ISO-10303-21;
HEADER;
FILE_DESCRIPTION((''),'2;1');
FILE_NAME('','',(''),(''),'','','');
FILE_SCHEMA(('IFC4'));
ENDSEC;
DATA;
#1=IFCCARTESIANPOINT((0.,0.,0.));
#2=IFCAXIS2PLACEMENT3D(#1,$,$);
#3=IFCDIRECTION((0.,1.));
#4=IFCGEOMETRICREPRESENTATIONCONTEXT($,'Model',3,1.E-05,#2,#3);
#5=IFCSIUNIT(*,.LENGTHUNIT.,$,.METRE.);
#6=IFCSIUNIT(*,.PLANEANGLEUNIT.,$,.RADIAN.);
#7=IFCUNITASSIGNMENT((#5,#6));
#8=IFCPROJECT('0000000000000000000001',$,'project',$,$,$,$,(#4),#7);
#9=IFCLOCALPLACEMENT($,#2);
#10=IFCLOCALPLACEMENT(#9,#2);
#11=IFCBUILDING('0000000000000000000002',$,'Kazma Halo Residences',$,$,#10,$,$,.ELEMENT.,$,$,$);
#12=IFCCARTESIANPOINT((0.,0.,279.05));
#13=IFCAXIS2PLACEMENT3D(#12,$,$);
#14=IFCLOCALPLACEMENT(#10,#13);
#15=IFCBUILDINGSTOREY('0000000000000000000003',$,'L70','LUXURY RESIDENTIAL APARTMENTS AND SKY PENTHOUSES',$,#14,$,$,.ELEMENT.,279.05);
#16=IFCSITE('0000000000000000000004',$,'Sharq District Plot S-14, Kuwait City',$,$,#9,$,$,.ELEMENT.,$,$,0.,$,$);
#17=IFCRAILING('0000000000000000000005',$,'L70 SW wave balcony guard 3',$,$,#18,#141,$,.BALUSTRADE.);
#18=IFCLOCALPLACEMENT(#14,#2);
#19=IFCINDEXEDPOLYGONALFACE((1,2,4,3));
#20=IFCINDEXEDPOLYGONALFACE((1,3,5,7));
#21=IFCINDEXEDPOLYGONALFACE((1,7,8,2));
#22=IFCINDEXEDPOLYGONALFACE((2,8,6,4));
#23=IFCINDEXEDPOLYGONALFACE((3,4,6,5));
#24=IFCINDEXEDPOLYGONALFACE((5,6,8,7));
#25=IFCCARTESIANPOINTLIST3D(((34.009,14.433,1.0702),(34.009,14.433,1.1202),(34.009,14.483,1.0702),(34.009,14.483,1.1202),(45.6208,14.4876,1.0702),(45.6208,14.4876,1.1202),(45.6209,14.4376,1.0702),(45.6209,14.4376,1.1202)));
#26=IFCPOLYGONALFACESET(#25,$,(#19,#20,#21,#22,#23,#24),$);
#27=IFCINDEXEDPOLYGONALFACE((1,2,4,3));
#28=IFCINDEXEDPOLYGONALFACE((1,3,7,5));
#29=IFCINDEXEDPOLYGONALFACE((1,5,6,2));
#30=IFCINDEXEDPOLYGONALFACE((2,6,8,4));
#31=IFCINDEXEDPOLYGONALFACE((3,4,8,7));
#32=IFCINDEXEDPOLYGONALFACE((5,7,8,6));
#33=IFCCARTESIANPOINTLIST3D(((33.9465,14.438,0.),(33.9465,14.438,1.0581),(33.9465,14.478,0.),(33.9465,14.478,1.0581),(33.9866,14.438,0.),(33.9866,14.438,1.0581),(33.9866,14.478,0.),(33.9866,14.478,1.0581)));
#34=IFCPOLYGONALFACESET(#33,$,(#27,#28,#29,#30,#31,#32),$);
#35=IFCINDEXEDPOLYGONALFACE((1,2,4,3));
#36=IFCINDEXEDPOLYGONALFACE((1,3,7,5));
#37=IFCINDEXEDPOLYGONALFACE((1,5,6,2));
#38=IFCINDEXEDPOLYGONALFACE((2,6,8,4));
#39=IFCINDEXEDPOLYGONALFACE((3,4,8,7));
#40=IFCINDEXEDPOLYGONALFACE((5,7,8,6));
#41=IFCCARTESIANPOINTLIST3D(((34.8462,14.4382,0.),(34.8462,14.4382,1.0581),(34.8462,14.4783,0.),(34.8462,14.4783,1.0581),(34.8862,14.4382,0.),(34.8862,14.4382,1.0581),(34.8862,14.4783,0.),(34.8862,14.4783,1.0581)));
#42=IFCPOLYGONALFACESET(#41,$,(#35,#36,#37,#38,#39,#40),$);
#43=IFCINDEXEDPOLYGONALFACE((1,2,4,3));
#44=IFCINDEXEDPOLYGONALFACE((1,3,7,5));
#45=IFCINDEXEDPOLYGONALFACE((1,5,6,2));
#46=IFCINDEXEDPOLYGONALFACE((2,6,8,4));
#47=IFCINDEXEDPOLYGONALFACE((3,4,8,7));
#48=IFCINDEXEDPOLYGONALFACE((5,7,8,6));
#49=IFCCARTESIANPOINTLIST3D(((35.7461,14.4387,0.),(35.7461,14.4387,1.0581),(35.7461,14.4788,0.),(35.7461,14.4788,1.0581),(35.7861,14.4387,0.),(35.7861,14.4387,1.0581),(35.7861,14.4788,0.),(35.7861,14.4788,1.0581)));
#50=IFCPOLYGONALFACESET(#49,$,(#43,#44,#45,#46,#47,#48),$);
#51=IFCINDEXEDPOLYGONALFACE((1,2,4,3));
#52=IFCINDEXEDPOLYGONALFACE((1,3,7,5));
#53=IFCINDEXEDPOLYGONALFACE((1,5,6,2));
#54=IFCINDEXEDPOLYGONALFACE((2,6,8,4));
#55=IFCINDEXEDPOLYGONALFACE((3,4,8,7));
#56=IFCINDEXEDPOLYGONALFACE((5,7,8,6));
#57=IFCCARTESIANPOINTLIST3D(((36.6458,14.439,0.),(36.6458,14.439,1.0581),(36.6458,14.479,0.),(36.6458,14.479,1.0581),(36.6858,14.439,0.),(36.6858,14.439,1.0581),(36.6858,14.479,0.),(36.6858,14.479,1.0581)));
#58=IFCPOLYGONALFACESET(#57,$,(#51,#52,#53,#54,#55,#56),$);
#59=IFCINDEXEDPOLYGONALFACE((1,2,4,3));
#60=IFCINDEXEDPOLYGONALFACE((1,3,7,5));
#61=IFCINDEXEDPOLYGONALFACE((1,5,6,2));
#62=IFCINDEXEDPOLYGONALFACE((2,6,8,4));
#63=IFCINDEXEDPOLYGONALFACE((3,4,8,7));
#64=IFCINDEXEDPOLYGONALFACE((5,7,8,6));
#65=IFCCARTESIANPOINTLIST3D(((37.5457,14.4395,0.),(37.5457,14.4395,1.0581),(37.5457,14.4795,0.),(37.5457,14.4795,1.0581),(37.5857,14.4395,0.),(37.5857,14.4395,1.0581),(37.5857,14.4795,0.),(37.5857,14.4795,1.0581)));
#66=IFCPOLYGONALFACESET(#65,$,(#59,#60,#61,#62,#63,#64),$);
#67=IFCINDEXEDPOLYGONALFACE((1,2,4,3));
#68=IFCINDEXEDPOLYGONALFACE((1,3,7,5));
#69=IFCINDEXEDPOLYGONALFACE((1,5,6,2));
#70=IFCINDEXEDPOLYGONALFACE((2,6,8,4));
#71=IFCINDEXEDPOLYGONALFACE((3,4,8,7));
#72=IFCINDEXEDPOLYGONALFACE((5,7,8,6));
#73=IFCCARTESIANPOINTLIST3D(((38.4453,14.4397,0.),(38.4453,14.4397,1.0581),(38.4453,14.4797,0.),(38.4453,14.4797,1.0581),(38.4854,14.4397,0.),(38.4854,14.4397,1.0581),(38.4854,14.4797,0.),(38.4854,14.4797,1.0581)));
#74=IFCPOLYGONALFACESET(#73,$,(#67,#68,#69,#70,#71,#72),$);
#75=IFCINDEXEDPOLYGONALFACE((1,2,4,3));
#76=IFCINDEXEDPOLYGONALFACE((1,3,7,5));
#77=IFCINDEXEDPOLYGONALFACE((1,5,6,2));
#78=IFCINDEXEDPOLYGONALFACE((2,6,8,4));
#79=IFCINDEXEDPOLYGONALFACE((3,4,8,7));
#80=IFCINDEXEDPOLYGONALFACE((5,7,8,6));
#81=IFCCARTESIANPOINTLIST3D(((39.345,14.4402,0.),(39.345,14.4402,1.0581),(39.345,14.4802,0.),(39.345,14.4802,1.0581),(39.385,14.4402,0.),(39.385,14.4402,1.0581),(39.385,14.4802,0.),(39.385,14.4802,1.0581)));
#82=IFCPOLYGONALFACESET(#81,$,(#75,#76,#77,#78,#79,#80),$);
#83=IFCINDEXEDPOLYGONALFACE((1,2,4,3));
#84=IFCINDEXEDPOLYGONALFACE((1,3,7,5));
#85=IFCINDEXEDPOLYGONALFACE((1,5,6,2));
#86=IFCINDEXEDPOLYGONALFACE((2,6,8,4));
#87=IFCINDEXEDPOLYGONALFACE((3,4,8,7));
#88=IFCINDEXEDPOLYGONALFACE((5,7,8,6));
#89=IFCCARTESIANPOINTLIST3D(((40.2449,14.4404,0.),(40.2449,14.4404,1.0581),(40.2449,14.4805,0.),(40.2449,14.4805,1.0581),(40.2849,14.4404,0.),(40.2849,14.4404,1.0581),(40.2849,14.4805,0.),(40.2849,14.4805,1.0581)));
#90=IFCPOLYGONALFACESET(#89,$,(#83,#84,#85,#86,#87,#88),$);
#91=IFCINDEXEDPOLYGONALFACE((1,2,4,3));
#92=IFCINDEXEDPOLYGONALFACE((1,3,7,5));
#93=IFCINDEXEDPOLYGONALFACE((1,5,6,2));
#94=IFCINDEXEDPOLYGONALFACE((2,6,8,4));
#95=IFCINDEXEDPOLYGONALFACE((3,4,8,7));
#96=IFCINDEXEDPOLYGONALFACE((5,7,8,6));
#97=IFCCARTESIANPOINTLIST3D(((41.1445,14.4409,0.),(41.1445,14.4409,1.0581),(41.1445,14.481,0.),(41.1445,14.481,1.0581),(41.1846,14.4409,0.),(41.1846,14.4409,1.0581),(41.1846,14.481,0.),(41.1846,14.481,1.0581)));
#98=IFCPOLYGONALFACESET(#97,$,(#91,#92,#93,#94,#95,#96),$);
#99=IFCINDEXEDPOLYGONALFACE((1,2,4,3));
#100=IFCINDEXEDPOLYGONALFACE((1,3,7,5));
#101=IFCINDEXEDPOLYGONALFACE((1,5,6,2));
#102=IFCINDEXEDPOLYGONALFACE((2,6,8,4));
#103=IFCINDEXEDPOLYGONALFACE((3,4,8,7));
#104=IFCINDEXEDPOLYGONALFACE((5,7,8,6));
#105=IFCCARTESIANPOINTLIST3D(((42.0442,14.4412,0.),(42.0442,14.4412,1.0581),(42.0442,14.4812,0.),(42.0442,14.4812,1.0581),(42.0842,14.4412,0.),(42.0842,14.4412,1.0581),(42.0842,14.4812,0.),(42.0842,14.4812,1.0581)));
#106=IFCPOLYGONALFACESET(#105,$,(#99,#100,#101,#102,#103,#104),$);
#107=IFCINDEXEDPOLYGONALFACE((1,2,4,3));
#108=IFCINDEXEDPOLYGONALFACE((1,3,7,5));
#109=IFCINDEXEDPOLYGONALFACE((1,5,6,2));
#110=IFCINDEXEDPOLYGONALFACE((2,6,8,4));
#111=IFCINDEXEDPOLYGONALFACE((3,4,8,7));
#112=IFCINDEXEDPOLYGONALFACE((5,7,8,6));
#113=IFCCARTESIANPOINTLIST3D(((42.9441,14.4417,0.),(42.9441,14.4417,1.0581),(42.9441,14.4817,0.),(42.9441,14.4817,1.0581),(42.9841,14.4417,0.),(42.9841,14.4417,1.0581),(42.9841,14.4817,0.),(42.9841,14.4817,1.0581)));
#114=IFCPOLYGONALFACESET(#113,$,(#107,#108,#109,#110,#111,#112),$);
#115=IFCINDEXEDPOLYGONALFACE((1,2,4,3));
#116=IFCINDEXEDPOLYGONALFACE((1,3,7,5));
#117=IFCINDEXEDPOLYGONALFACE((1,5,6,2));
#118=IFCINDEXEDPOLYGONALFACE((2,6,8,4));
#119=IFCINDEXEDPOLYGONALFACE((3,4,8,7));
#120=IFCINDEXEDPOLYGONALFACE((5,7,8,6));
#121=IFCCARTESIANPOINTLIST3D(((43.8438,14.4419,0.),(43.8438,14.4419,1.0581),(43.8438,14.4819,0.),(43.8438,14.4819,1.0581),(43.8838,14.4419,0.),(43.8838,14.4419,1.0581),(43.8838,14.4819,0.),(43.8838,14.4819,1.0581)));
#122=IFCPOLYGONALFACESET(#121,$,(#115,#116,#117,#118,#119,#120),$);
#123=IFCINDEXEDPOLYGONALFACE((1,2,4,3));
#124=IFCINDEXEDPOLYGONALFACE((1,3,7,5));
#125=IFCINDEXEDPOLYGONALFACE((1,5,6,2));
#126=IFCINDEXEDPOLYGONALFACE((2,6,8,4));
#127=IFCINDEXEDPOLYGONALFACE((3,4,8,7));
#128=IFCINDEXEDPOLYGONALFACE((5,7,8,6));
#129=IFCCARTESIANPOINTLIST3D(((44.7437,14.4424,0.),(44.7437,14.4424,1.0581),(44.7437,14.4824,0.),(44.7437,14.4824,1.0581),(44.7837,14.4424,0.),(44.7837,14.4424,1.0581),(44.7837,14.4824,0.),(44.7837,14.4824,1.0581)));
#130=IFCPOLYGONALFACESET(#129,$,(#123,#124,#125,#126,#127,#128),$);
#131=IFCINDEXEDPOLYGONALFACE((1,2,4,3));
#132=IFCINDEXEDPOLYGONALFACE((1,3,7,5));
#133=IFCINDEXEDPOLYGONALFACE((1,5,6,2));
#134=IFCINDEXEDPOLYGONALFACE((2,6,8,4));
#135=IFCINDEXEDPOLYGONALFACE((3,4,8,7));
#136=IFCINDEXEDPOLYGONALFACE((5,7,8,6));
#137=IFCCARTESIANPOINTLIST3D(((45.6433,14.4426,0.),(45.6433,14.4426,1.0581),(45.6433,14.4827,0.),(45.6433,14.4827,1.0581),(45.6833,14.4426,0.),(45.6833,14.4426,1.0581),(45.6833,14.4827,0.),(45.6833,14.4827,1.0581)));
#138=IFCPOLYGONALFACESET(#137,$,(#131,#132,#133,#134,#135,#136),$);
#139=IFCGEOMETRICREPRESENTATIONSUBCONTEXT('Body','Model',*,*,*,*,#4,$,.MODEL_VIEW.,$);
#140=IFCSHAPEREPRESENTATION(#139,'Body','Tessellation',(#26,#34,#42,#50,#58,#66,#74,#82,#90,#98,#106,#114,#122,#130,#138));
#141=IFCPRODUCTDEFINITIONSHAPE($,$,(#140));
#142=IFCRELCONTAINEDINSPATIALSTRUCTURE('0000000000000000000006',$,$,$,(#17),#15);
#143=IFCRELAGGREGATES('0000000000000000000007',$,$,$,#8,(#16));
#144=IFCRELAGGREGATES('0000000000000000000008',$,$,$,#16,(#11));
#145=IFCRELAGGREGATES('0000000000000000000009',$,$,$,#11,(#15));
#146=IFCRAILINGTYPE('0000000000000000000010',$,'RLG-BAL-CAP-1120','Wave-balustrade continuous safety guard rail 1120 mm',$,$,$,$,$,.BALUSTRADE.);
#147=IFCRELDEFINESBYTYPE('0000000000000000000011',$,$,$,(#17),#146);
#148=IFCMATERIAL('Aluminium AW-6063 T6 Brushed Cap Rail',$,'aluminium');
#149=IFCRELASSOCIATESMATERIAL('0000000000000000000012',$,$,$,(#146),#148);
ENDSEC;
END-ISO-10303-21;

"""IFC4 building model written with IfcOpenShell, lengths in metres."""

from ifc_helpers import new_model, si_unit, direction, frame, origin, origin_2d, place, context, subcontext, project, spatial, rectangle, extrude, material, type_object, element, save


model = new_model("IFC4")

# Units and contexts
model_context = context("Model", 3, precision=1e-05, world=origin(), true_north=direction((0.0, 1.0)))
body_context = subcontext(model_context, "Body", "Model", "MODEL_VIEW")
ifc_project = project(units=[si_unit("LENGTHUNIT", "METRE"), si_unit("PLANEANGLEUNIT", "RADIAN")], contexts=[model_context])

# Site, building, storey
site_placement = place(None, origin())
site = spatial("IfcSite", under=ifc_project, at=site_placement, Name="Sharq District Plot S-14, Kuwait City", CompositionType="ELEMENT", RefElevation=0.0)
building_placement = place(site_placement, origin())
building = spatial("IfcBuilding", under=site, at=building_placement, Name="Kazma Halo Residences", CompositionType="ELEMENT")
storey_placement = place(building_placement, frame((0.0, 0.0, 279.05)))
storey = spatial("IfcBuildingStorey", under=building, at=storey_placement, Name="L70", Description="LUXURY RESIDENTIAL APARTMENTS AND SKY PENTHOUSES", CompositionType="ELEMENT", Elevation=279.05)

# Railing
ifc_material_1 = material(Name="Aluminium AW-6063 T6 Brushed Cap Rail", Category="aluminium")
railing_type = type_object("IfcRailingType", Name="RLG-BAL-CAP-1120", Description="Wave-balustrade continuous safety guard rail 1120 mm", PredefinedType="BALUSTRADE", material=ifc_material_1)
railing_1_placement = place(storey_placement, frame((33.9666, 14.458, 0.0)))
element("IfcRailing", 1, at=railing_1_placement, inside=storey, type_object=railing_type, Name="L70 SW wave balcony guard 3", PredefinedType="BALUSTRADE", context=body_context, shape_type="SweptSolid", body=[
    extrude(rectangle(XDim=0.05, YDim=0.05, at=origin_2d()), frame((0.0425, 0.0, 1.0952), z_axis=(1.0, 0.000397, 0.0), x_axis=(-0.000397, 1.0, 0.0)), (0.0, 0.0, 1.0), 11.6118),
    extrude(rectangle(XDim=0.04, YDim=0.04, at=origin_2d()), origin(), (0.0, 0.0, 1.0), 1.0581),
    extrude(rectangle(XDim=0.04, YDim=0.04, at=origin_2d()), frame((0.8997, 0.0002, 0.0)), (0.0, 0.0, 1.0), 1.0581),
    extrude(rectangle(XDim=0.04, YDim=0.04, at=origin_2d()), frame((1.7996, 0.0007, 0.0)), (0.0, 0.0, 1.0), 1.0581),
    extrude(rectangle(XDim=0.04, YDim=0.04, at=origin_2d()), frame((2.6992, 0.001, 0.0)), (0.0, 0.0, 1.0), 1.0581),
    extrude(rectangle(XDim=0.04, YDim=0.04, at=origin_2d()), frame((3.5991, 0.0015, 0.0)), (0.0, 0.0, 1.0), 1.0581),
    extrude(rectangle(XDim=0.04, YDim=0.04, at=origin_2d()), frame((4.4988, 0.0017, 0.0)), (0.0, 0.0, 1.0), 1.0581),
    extrude(rectangle(XDim=0.04, YDim=0.04, at=origin_2d()), frame((5.3984, 0.0022, 0.0)), (0.0, 0.0, 1.0), 1.0581),
    extrude(rectangle(XDim=0.04, YDim=0.04, at=origin_2d()), frame((6.2983, 0.0024, 0.0)), (0.0, 0.0, 1.0), 1.0581),
    extrude(rectangle(XDim=0.04, YDim=0.04, at=origin_2d()), frame((7.198, 0.0029, 0.0)), (0.0, 0.0, 1.0), 1.0581),
    extrude(rectangle(XDim=0.04, YDim=0.04, at=origin_2d()), frame((8.0977, 0.0032, 0.0)), (0.0, 0.0, 1.0), 1.0581),
    extrude(rectangle(XDim=0.04, YDim=0.04, at=origin_2d()), frame((8.9976, 0.0037, 0.0)), (0.0, 0.0, 1.0), 1.0581),
    extrude(rectangle(XDim=0.04, YDim=0.04, at=origin_2d()), frame((9.8972, 0.0039, 0.0)), (0.0, 0.0, 1.0), 1.0581),
    extrude(rectangle(XDim=0.04, YDim=0.04, at=origin_2d()), frame((10.7971, 0.0044, 0.0)), (0.0, 0.0, 1.0), 1.0581),
    extrude(rectangle(XDim=0.04, YDim=0.04, at=origin_2d()), frame((11.6968, 0.0046, 0.0)), (0.0, 0.0, 1.0), 1.0581),
])

save(model, "model.ifc")
